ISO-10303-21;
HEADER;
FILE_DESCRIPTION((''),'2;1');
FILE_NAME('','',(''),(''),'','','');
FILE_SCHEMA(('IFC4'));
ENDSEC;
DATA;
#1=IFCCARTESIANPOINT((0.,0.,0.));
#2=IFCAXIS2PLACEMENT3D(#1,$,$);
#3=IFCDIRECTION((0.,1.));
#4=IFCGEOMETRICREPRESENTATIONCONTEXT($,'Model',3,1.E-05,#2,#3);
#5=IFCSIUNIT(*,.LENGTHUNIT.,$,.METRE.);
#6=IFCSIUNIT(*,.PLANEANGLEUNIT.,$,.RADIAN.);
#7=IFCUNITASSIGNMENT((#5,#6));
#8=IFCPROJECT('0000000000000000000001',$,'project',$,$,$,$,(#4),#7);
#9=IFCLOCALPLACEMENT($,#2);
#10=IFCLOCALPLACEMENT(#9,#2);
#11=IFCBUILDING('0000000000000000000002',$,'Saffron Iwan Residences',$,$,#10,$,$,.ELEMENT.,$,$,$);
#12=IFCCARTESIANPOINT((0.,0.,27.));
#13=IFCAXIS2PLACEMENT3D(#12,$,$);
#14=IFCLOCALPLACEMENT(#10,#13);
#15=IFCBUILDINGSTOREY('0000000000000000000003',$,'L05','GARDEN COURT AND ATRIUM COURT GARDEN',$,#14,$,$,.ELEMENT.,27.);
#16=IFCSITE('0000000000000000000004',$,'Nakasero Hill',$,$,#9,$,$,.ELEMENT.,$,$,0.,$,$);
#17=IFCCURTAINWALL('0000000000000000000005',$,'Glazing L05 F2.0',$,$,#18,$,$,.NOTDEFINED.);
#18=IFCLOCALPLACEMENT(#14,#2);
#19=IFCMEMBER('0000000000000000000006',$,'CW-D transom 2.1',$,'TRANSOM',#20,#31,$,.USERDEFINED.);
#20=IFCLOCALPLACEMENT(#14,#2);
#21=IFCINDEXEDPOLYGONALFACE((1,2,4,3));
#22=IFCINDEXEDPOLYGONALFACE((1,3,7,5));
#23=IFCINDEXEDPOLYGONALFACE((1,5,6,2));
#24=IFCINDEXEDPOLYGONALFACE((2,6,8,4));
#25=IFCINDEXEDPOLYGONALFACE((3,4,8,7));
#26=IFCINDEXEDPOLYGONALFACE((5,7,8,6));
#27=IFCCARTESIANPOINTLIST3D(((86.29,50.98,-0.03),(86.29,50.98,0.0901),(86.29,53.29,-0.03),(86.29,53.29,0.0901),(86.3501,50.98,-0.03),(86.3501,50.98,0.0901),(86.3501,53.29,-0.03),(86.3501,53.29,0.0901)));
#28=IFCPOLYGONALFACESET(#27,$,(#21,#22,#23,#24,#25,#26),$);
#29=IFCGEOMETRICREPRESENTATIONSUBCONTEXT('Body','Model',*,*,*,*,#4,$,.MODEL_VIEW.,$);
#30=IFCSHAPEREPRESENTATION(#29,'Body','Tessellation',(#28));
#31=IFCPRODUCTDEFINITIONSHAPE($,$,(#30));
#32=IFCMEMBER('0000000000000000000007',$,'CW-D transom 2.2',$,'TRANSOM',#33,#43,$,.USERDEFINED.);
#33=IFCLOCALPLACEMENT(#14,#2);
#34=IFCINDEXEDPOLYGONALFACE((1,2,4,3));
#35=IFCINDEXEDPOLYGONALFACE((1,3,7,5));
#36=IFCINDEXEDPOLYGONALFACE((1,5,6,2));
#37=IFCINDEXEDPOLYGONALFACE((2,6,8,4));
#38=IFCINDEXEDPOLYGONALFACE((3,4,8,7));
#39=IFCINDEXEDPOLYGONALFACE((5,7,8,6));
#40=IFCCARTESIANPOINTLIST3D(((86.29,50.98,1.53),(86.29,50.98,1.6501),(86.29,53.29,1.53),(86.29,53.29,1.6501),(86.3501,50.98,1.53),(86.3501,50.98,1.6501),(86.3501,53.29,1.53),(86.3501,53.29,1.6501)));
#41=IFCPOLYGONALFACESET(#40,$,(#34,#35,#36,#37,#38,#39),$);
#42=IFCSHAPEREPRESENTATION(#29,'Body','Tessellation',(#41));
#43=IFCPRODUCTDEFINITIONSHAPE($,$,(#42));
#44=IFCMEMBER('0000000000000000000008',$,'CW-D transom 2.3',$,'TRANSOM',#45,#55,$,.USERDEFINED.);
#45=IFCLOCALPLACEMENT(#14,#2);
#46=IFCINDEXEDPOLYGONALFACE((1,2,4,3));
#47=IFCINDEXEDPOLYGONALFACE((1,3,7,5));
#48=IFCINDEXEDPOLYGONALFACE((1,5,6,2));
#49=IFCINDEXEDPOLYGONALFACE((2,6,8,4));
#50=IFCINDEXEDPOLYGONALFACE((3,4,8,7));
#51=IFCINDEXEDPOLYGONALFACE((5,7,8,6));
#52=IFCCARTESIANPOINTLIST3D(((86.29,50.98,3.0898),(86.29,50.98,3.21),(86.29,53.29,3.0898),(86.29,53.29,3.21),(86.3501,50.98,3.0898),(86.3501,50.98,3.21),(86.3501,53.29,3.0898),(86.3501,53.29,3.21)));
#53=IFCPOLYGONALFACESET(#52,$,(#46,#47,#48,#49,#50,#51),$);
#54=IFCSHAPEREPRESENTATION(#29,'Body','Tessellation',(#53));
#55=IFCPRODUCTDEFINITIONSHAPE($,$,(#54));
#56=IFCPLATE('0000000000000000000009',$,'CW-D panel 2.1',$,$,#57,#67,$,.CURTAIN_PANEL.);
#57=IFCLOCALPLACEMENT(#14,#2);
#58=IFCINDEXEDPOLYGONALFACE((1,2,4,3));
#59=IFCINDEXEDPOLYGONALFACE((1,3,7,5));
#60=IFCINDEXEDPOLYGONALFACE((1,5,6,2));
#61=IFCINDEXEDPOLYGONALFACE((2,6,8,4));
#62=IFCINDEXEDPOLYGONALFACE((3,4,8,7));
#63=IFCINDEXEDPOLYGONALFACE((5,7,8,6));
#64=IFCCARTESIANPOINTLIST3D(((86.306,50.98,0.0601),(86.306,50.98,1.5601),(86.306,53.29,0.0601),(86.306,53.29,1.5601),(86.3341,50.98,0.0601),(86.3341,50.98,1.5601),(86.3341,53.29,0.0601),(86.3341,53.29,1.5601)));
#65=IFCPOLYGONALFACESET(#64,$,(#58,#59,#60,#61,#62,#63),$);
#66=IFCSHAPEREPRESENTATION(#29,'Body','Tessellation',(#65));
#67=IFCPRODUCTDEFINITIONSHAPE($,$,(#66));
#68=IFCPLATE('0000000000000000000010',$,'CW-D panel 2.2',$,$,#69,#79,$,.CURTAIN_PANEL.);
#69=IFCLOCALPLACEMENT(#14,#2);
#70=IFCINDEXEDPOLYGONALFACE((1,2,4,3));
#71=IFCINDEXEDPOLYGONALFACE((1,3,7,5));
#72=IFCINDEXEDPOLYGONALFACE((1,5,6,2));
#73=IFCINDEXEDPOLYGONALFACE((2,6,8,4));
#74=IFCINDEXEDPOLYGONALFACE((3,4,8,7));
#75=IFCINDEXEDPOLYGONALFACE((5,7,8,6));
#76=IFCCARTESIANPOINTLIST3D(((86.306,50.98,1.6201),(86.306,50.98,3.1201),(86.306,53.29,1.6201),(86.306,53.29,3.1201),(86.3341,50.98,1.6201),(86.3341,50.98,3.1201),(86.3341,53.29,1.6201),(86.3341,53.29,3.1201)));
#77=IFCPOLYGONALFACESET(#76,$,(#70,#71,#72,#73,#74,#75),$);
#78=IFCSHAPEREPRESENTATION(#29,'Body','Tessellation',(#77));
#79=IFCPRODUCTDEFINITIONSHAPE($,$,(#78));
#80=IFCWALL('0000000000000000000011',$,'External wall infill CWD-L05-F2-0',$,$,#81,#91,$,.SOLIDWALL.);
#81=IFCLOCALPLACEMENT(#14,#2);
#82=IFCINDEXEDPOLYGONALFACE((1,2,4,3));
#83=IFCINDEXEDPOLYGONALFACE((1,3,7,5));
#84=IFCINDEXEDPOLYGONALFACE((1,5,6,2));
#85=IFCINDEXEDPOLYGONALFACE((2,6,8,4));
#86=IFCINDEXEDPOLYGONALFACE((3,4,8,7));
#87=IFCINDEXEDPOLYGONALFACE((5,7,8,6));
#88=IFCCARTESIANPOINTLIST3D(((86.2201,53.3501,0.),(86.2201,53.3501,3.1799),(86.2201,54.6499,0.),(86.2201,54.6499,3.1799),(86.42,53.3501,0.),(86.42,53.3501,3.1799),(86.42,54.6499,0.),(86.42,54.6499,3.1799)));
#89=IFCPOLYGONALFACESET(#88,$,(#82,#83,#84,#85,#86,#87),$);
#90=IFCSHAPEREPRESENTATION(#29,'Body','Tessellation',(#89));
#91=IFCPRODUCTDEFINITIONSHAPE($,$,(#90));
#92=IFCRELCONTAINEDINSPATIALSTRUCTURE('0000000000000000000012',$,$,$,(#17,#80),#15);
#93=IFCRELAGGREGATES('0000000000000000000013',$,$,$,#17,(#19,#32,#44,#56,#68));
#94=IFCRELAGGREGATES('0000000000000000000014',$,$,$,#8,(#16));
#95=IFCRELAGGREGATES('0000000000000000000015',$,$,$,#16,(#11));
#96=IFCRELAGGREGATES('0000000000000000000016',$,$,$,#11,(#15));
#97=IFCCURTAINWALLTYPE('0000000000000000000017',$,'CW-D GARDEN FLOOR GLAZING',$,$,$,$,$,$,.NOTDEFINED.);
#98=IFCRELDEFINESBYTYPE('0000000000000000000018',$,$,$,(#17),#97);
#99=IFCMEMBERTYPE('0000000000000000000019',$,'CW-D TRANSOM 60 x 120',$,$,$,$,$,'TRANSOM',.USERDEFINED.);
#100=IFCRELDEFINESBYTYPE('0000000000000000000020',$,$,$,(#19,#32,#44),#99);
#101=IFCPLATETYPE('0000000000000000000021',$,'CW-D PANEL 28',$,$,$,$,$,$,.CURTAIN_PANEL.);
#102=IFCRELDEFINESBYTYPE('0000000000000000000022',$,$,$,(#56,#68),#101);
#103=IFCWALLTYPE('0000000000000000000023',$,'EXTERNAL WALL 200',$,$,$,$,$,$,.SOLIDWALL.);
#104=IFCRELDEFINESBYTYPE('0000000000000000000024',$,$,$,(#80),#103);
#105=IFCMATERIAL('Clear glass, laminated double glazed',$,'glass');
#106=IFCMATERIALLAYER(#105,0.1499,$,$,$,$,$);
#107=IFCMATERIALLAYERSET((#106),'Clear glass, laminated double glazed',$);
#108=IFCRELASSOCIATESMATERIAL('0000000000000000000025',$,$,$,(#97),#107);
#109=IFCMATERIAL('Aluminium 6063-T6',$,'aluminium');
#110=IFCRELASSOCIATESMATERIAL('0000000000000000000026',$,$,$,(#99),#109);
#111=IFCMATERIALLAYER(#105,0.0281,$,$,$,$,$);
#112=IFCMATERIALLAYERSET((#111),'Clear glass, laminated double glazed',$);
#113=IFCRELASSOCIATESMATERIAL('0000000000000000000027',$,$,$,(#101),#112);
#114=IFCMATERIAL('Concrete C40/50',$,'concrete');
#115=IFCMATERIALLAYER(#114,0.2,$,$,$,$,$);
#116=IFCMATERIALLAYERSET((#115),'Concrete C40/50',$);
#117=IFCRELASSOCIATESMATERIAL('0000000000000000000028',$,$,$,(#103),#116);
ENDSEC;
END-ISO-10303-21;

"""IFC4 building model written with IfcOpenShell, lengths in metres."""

from ifc_helpers import new_model, si_unit, direction, frame, frame_2d, origin, origin_2d, place, context, subcontext, project, spatial, rectangle, extrude, source, transform, mapped, material, layer, layer_set, material_profile, profile_set, type_object, element, aggregate, save


model = new_model("IFC4")

# Units and contexts
model_context = context("Model", 3, precision=1e-05, world=origin(), true_north=direction((0.0, 1.0)))
body_context = subcontext(model_context, "Body", "Model", "MODEL_VIEW")
ifc_project = project(units=[si_unit("LENGTHUNIT", "METRE"), si_unit("PLANEANGLEUNIT", "RADIAN")], contexts=[model_context])

# Site, building, storey
site_placement = place(None, origin())
site = spatial("IfcSite", under=ifc_project, at=site_placement, Name="Nakasero Hill", CompositionType="ELEMENT", RefElevation=0.0)
building_placement = place(site_placement, origin())
building = spatial("IfcBuilding", under=site, at=building_placement, Name="Saffron Iwan Residences", CompositionType="ELEMENT")
storey_placement = place(building_placement, frame((0.0, 0.0, 27.0)))
storey = spatial("IfcBuildingStorey", under=building, at=storey_placement, Name="L05", Description="GARDEN COURT AND ATRIUM COURT GARDEN", CompositionType="ELEMENT", Elevation=27.0)

# Curtain wall
ifc_material_1 = material(Name="Clear glass, laminated double glazed", Category="glass")
ifc_layer_1 = layer(ifc_material_1, 0.1499)
ifc_layer_set_1 = layer_set([ifc_layer_1], Name="Clear glass, laminated double glazed")
curtain_wall_type = type_object("IfcCurtainWallType", Name="CW-D GARDEN FLOOR GLAZING", PredefinedType="NOTDEFINED", material=ifc_layer_set_1)
curtain_wall_1_placement = place(storey_placement, origin())
curtain_wall_1 = element("IfcCurtainWall", 1, at=curtain_wall_1_placement, inside=storey, type_object=curtain_wall_type, Name="Glazing L05 F2.0", PredefinedType="NOTDEFINED")
ifc_material_2 = material(Name="Aluminium 6063-T6", Category="aluminium")
ifc_material_profile_1 = material_profile(ifc_material_2, rectangle(XDim=0.0601, YDim=0.1201, at=origin_2d()), Name="CW-D TRANSOM 60 x 120")
ifc_profile_set_1 = profile_set([ifc_material_profile_1], Name="Aluminium 6063-T6")
member_type_1 = type_object("IfcMemberType", Name="CW-D TRANSOM 60 x 120", ElementType="TRANSOM", PredefinedType="USERDEFINED", material=ifc_profile_set_1)

# Members
shared_shape_1 = source(origin(), body_context, "Body", "SweptSolid", [
    extrude(rectangle(XDim=0.0601, YDim=0.1201, at=origin_2d()), origin(), (0.0, 0.0, 1.0), 2.3101),
])
member_1_placement = place(storey_placement, frame((86.3201, 50.98, 0.03), z_axis=(0.0, 1.0, 0.0), x_axis=(-1.0, 0.0, 0.0)))
member_1 = element("IfcMember", 2, at=member_1_placement, type_object=member_type_1, Name="CW-D transom 2.1", ObjectType="TRANSOM", PredefinedType="USERDEFINED", context=body_context, shape_type="MappedRepresentation", body=[
    mapped(shared_shape_1, transform((0.0, 0.0, 0.0))),
])
member_2_placement = place(storey_placement, frame((86.3201, 50.98, 1.5901), z_axis=(0.0, 1.0, 0.0), x_axis=(-1.0, 0.0, 0.0)))
member_2 = element("IfcMember", 3, at=member_2_placement, type_object=member_type_1, Name="CW-D transom 2.2", ObjectType="TRANSOM", PredefinedType="USERDEFINED", context=body_context, shape_type="MappedRepresentation", body=[
    mapped(shared_shape_1, transform((0.0, 0.0, 0.0))),
])
member_3_placement = place(storey_placement, frame((86.3201, 50.98, 3.1499), z_axis=(0.0, 1.0, 0.0), x_axis=(-1.0, 0.0, 0.0)))
member_3 = element("IfcMember", 4, at=member_3_placement, type_object=member_type_1, Name="CW-D transom 2.3", ObjectType="TRANSOM", PredefinedType="USERDEFINED", context=body_context, shape_type="MappedRepresentation", body=[
    mapped(shared_shape_1, transform((0.0, 0.0, 0.0))),
])

# Plates
ifc_layer_2 = layer(ifc_material_1, 0.0281)
ifc_layer_set_2 = layer_set([ifc_layer_2], Name="Clear glass, laminated double glazed")
plate_type = type_object("IfcPlateType", Name="CW-D PANEL 28", PredefinedType="CURTAIN_PANEL", material=ifc_layer_set_2)
shared_shape_2 = source(origin(), body_context, "Body", "SweptSolid", [
    extrude(rectangle(XDim=2.3101, YDim=0.0281, at=origin_2d()), origin(), (0.0, 0.0, 1.0), 1.5),
])
plate_1_placement = place(storey_placement, frame((86.3201, 52.135, 0.0601), z_axis=(0.0, 0.0, 1.0), x_axis=(0.0, 1.0, 0.0)))
plate_1 = element("IfcPlate", 5, at=plate_1_placement, type_object=plate_type, Name="CW-D panel 2.1", PredefinedType="CURTAIN_PANEL", context=body_context, shape_type="MappedRepresentation", body=[
    mapped(shared_shape_2, transform((0.0, 0.0, 0.0))),
])
plate_2_placement = place(storey_placement, frame((86.3201, 52.135, 1.6201), z_axis=(0.0, 0.0, 1.0), x_axis=(0.0, 1.0, 0.0)))
plate_2 = element("IfcPlate", 6, at=plate_2_placement, type_object=plate_type, Name="CW-D panel 2.2", PredefinedType="CURTAIN_PANEL", context=body_context, shape_type="MappedRepresentation", body=[
    mapped(shared_shape_2, transform((0.0, 0.0, 0.0))),
])
aggregate(curtain_wall_1, [member_1, member_2, member_3, plate_1, plate_2])

# Shared definitions
ifc_material_3 = material(Name="Concrete C40/50", Category="concrete")
ifc_layer_3 = layer(ifc_material_3, 0.2)
ifc_layer_set_3 = layer_set([ifc_layer_3], Name="Concrete C40/50")
wall_type = type_object("IfcWallType", Name="EXTERNAL WALL 200", PredefinedType="SOLIDWALL", material=ifc_layer_set_3)

# Wall
wall_1_placement = place(storey_placement, frame((86.3201, 53.3501, 0.0), z_axis=(0.0, 0.0, 1.0), x_axis=(0.0, 1.0, 0.0)))
element("IfcWall", 7, at=wall_1_placement, inside=storey, type_object=wall_type, Name="External wall infill CWD-L05-F2-0", PredefinedType="SOLIDWALL", context=body_context, shape_type="SweptSolid", body=[
    extrude(rectangle(XDim=1.2998, YDim=0.2, at=frame_2d((0.6499, 0.0))), origin(), (0.0, 0.0, 1.0), 3.1799),
])

save(model, "model.ifc")
